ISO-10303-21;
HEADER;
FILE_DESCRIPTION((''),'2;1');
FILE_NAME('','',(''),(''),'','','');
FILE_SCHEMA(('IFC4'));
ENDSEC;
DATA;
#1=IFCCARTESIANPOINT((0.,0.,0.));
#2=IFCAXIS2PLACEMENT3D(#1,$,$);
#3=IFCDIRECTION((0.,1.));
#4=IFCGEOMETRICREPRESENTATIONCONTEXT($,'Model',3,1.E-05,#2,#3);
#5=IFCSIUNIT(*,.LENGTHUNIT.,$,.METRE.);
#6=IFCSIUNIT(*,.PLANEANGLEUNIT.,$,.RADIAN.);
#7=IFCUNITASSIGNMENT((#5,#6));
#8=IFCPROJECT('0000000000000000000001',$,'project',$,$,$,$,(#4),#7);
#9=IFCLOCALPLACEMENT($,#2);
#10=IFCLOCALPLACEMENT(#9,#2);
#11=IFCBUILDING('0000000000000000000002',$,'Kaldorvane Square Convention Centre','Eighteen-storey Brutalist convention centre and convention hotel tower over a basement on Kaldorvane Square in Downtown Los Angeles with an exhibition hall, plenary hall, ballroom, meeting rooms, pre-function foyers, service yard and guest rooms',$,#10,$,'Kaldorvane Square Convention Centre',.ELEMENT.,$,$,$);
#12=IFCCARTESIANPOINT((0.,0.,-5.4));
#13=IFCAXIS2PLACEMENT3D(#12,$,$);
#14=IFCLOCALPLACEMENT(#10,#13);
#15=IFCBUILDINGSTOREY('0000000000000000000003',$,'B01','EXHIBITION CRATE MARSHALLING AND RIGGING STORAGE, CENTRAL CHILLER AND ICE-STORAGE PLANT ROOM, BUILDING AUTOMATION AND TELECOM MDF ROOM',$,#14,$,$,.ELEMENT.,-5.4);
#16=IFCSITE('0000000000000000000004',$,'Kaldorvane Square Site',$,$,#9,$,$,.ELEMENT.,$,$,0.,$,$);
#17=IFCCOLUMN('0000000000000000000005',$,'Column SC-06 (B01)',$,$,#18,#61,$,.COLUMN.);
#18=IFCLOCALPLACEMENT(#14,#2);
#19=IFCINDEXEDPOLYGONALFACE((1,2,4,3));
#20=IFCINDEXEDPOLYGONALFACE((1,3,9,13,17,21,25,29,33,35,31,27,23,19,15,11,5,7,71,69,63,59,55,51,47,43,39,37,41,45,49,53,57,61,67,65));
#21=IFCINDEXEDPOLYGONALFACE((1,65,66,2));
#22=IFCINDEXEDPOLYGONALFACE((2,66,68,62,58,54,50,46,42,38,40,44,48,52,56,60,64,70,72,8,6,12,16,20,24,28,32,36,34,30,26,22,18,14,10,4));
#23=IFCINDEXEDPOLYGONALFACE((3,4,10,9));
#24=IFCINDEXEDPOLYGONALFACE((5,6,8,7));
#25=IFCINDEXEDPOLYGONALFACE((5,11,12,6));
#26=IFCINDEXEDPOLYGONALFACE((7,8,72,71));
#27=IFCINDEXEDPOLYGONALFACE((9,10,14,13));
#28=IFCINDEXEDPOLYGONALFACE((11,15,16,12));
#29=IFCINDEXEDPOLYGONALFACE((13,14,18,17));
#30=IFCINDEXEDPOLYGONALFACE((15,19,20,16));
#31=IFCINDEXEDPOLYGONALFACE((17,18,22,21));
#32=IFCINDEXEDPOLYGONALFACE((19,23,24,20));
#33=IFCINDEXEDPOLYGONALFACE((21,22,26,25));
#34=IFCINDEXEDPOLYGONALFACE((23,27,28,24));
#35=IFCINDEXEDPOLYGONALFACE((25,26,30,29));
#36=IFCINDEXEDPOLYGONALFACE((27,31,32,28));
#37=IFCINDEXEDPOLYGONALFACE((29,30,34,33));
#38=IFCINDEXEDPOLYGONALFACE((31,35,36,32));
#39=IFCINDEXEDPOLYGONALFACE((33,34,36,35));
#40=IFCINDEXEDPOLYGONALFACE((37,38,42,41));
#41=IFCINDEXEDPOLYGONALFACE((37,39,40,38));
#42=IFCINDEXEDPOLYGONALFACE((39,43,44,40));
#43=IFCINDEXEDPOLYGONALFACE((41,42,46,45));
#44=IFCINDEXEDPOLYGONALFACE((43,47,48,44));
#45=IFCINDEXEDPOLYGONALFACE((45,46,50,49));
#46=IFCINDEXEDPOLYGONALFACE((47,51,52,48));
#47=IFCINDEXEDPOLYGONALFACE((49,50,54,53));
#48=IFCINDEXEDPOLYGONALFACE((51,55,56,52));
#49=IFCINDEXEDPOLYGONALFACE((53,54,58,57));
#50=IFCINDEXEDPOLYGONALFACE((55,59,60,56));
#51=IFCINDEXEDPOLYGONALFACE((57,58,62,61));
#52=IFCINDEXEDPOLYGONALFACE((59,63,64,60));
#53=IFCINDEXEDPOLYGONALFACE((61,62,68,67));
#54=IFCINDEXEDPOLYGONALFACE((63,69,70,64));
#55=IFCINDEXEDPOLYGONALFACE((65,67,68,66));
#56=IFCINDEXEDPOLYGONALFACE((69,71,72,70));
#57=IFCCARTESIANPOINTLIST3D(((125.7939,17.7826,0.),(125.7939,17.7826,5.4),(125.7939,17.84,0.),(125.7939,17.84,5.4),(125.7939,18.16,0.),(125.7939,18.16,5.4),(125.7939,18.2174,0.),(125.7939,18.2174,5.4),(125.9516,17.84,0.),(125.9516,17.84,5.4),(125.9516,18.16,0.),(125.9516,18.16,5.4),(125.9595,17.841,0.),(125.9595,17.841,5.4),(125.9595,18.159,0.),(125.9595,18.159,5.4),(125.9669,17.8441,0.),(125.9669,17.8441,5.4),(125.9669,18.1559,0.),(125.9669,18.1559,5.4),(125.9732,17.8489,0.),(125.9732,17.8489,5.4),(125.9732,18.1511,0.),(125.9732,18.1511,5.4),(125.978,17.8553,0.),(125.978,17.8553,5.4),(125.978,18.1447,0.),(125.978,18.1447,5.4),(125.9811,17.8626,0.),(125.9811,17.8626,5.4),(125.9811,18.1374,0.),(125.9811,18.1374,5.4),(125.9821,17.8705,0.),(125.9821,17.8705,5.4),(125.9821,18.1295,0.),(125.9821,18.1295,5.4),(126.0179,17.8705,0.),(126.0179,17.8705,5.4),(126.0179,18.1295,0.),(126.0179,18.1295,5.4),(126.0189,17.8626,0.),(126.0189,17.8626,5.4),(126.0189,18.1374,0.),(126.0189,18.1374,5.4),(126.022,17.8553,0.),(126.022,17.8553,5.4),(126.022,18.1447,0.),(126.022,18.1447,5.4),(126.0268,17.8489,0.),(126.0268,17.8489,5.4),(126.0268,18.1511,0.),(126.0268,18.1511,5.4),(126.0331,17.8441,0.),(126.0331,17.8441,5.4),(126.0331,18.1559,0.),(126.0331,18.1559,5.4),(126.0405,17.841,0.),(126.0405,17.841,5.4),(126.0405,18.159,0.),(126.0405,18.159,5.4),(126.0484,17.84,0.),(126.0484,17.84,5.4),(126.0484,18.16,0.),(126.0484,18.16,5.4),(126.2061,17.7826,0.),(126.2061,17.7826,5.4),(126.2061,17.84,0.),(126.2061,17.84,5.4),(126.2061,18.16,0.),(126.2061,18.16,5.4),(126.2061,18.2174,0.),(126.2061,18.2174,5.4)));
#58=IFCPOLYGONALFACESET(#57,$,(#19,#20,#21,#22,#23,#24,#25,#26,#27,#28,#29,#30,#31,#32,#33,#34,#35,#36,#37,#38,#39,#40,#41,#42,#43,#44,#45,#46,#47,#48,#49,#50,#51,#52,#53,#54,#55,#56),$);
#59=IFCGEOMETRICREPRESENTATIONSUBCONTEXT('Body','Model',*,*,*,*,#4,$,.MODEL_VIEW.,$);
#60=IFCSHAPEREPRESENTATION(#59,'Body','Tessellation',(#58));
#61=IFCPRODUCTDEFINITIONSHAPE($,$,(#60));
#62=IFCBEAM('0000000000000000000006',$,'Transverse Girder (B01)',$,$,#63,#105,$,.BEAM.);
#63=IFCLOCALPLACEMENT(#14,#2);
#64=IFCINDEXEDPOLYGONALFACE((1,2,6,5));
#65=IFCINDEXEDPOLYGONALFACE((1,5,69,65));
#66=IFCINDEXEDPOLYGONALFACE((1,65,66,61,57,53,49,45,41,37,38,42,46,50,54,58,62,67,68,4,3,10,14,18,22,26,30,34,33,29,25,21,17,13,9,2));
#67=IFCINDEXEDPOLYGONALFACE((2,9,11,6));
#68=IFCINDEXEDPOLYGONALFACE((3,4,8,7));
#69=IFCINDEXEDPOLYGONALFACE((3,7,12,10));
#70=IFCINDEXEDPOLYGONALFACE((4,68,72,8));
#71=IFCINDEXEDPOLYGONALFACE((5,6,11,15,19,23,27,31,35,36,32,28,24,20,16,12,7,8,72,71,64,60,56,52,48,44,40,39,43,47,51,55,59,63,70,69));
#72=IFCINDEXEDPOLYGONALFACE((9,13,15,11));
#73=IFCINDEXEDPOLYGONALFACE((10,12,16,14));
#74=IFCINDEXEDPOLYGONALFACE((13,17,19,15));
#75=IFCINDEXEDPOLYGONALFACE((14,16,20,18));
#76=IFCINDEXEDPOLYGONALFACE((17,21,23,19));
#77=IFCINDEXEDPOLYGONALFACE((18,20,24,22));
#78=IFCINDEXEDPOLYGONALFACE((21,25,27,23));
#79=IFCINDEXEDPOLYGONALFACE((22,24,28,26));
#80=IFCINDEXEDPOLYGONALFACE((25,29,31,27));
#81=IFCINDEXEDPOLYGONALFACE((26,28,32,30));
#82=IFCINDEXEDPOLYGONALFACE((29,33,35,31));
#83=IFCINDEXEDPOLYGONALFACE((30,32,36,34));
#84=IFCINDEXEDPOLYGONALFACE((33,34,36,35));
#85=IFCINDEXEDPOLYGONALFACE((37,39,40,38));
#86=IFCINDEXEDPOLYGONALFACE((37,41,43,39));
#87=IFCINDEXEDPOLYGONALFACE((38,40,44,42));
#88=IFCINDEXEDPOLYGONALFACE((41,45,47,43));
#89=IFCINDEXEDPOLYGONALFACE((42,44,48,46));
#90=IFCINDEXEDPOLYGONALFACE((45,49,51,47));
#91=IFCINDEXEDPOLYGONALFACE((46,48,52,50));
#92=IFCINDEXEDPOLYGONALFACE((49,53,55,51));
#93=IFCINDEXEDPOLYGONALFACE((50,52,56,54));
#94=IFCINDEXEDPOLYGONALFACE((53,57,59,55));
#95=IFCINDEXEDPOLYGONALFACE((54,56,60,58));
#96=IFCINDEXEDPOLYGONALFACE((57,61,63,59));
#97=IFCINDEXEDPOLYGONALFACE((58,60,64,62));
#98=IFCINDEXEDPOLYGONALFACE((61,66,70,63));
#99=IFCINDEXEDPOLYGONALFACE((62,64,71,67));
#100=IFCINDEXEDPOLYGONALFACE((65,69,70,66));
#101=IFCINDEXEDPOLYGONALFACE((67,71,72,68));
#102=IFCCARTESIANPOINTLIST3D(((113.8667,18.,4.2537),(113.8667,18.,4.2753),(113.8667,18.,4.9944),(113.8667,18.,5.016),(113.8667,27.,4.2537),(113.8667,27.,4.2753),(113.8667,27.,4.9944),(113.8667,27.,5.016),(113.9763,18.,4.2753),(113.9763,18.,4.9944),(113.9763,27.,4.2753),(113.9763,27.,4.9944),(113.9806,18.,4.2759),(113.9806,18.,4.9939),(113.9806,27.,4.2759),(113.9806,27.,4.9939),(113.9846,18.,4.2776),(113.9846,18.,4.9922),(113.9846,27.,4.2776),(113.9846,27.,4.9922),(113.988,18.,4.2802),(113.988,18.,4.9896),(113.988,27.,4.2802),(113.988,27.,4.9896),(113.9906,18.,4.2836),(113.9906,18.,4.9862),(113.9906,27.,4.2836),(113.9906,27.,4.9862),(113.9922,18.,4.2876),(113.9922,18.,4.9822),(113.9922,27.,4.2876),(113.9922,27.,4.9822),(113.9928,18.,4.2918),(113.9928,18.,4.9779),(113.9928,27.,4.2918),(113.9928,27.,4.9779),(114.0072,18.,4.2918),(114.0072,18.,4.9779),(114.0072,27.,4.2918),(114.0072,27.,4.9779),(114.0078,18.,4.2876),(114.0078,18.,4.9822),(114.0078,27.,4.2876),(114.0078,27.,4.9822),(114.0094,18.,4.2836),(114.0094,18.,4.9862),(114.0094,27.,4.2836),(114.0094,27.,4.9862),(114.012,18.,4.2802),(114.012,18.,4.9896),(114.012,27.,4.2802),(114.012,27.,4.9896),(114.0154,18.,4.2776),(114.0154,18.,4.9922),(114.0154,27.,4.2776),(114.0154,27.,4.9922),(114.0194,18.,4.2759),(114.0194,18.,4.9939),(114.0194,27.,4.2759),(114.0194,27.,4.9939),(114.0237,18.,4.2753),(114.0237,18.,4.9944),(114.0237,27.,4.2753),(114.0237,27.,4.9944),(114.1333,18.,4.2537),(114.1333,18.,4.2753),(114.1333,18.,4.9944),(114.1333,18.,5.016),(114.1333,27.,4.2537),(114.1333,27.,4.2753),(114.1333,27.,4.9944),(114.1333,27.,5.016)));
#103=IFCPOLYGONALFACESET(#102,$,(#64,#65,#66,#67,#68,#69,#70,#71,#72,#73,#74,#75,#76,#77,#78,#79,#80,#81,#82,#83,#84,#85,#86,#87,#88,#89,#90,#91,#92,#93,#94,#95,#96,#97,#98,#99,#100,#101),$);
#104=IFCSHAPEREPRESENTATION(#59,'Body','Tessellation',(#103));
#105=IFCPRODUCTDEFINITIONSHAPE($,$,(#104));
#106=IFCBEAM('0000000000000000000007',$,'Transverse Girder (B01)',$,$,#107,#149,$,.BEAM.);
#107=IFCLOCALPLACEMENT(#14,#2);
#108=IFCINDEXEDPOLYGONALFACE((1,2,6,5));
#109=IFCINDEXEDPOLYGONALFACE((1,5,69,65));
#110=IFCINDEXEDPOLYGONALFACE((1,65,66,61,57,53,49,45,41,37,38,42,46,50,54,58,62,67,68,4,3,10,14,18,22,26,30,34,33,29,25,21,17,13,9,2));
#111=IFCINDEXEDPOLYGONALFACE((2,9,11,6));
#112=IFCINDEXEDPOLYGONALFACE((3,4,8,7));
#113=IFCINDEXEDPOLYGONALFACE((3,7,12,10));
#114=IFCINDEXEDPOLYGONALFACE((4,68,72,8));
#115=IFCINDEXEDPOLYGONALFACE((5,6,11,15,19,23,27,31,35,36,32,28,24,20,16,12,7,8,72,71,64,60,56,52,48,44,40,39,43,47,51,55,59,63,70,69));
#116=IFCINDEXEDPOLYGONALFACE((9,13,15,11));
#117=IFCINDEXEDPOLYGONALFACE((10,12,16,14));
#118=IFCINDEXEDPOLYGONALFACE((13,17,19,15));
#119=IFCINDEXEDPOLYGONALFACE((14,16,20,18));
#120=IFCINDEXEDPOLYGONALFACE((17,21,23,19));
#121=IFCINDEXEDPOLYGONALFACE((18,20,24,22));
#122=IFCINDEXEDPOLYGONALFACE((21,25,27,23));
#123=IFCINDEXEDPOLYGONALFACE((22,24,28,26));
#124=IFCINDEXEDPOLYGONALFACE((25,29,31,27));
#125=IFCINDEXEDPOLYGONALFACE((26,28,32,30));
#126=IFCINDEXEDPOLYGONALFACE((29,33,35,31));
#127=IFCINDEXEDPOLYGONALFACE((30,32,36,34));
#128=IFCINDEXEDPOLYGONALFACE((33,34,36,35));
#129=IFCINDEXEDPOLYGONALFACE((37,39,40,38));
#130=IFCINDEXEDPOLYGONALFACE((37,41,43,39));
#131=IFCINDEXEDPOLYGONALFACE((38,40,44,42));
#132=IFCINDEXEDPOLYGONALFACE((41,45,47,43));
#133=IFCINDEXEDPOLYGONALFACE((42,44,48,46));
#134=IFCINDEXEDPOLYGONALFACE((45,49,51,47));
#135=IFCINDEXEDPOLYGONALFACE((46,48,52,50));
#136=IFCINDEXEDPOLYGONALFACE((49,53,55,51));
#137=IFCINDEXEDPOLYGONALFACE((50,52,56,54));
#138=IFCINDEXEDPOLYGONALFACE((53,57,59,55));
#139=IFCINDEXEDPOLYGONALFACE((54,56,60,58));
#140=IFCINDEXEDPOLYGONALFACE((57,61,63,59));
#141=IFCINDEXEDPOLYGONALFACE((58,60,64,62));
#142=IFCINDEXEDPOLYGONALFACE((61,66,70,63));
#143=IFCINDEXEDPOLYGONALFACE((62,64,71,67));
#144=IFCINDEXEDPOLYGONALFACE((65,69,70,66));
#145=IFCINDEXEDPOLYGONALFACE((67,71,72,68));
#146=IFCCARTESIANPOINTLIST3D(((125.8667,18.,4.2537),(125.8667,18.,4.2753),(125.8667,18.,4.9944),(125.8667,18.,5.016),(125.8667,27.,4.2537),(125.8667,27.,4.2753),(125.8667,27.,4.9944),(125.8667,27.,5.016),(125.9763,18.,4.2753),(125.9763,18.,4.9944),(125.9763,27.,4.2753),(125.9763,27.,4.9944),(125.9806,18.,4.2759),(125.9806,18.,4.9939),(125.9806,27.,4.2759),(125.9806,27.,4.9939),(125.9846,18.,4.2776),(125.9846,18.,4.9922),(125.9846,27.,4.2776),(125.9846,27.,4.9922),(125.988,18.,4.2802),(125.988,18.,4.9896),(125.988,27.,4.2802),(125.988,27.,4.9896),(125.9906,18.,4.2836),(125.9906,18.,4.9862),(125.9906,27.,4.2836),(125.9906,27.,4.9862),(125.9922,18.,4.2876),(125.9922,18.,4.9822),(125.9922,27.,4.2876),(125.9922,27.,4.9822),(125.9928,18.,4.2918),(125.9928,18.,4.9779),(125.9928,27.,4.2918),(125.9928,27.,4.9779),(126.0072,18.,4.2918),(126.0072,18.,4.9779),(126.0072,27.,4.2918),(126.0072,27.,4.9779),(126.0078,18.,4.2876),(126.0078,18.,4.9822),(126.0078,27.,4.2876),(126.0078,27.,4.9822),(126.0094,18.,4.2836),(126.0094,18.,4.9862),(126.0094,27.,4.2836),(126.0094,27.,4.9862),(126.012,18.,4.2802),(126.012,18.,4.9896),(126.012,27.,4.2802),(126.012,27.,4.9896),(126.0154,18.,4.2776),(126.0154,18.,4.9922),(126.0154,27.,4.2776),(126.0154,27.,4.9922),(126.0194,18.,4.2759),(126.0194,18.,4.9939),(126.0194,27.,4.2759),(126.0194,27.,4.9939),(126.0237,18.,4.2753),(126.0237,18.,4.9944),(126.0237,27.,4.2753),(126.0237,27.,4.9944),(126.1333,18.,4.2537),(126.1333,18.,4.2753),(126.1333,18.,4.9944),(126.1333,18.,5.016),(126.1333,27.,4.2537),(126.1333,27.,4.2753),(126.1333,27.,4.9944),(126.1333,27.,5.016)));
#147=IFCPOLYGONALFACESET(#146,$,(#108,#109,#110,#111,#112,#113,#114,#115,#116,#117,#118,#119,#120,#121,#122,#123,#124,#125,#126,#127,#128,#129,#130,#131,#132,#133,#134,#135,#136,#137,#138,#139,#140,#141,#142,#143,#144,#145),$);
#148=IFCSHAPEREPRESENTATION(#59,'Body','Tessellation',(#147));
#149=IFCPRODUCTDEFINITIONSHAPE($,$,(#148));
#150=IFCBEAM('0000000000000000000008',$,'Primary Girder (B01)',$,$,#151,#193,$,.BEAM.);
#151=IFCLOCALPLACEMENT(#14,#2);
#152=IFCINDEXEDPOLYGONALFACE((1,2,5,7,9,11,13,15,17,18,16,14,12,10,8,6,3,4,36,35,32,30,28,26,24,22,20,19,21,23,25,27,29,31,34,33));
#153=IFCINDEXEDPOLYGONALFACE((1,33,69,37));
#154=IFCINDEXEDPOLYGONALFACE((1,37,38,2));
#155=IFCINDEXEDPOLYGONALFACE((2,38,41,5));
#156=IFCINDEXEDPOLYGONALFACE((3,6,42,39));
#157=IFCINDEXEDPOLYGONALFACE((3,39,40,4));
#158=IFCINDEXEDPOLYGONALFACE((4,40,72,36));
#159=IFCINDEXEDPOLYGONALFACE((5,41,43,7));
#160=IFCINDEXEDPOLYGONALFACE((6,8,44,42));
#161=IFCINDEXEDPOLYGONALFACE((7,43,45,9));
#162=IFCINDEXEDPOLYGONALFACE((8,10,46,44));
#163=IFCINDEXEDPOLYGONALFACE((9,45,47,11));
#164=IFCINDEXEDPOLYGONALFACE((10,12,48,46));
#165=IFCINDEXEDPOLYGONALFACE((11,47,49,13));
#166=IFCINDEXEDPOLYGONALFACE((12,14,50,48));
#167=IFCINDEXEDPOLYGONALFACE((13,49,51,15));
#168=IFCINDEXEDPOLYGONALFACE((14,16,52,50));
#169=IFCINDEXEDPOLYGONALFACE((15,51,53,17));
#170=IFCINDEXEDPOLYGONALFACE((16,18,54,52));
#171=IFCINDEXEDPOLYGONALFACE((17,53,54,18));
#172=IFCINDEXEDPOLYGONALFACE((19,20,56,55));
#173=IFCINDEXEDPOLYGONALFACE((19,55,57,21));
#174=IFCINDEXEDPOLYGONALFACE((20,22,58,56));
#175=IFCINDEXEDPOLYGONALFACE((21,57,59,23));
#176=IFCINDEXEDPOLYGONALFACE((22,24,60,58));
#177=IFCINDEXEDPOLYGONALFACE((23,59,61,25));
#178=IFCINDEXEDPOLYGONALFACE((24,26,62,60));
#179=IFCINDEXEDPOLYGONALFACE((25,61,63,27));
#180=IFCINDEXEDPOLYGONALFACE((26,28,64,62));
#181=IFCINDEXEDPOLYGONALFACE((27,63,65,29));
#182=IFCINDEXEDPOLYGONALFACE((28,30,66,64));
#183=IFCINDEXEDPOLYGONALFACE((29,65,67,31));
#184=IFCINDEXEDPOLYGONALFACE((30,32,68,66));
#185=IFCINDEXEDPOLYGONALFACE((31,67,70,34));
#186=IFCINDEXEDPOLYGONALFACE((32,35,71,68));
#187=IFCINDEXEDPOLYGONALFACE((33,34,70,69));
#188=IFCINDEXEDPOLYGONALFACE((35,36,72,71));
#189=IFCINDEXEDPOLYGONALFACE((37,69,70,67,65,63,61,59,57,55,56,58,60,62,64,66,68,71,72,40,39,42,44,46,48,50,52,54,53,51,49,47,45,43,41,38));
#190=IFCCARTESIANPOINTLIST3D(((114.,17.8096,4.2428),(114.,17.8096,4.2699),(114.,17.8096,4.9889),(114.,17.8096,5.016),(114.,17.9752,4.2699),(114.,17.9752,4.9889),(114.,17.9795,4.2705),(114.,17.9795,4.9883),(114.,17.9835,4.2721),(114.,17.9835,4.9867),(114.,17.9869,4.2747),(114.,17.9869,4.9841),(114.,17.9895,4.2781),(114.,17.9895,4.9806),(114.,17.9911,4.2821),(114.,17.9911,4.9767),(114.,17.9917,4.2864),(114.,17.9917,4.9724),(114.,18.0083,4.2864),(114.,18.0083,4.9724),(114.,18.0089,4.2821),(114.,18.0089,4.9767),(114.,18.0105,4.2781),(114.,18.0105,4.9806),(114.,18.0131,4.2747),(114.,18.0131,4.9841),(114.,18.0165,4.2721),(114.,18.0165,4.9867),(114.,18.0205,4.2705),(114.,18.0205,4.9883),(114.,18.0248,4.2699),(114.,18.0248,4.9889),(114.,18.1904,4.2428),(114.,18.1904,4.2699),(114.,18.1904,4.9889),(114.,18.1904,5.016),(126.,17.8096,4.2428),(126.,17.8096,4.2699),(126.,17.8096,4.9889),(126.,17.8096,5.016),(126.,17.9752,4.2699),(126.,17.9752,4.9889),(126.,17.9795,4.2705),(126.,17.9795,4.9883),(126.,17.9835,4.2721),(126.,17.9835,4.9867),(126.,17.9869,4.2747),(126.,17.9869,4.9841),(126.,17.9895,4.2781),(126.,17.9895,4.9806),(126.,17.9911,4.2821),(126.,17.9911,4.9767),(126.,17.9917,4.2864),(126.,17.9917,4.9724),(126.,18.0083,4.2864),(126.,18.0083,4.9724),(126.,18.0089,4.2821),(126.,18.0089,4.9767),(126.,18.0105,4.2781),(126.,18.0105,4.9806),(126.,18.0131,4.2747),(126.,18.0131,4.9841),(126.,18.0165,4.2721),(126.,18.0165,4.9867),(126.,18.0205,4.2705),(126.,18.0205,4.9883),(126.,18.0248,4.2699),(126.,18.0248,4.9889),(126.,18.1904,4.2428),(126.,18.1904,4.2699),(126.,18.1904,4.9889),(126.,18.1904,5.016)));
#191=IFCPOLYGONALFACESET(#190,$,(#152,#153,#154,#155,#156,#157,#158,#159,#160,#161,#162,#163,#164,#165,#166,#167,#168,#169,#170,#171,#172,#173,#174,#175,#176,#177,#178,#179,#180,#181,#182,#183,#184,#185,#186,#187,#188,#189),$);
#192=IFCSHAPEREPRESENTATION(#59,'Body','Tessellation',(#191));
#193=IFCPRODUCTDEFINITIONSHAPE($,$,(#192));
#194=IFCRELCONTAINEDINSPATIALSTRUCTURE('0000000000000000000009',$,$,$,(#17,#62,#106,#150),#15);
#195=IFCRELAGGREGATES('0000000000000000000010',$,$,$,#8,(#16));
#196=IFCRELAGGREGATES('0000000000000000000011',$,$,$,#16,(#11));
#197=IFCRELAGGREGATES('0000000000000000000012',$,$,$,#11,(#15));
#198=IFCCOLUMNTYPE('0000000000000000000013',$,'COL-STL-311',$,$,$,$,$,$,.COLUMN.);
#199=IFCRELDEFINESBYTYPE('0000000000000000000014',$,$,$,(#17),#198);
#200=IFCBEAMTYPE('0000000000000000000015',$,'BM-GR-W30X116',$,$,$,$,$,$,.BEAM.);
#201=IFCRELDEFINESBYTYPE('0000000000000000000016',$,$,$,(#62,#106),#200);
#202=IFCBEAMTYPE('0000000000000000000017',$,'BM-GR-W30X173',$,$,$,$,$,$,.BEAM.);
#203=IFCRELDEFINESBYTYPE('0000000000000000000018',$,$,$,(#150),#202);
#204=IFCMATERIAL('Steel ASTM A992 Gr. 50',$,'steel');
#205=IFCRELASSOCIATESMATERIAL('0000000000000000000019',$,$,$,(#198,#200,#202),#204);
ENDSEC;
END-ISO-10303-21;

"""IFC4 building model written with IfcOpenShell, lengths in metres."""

from ifc_helpers import new_model, si_unit, direction, frame, origin, origin_2d, place, context, subcontext, project, spatial, i_section, extrude, material, material_profile, profile_set, type_object, element, save


model = new_model("IFC4")

# Units and contexts
model_context = context("Model", 3, precision=1e-05, world=origin(), true_north=direction((0.0, 1.0)))
body_context = subcontext(model_context, "Body", "Model", "MODEL_VIEW")
ifc_project = project(units=[si_unit("LENGTHUNIT", "METRE"), si_unit("PLANEANGLEUNIT", "RADIAN")], contexts=[model_context])

# Site, building, storey
site_placement = place(None, origin())
site = spatial("IfcSite", under=ifc_project, at=site_placement, Name="Kaldorvane Square Site", CompositionType="ELEMENT", RefElevation=0.0)
building_placement = place(site_placement, origin())
building = spatial("IfcBuilding", under=site, at=building_placement, Name="Kaldorvane Square Convention Centre", Description="Eighteen-storey Brutalist convention centre and convention hotel tower over a basement on Kaldorvane Square in Downtown Los Angeles with an exhibition hall, plenary hall, ballroom, meeting rooms, pre-function foyers, service yard and guest rooms", LongName="Kaldorvane Square Convention Centre", CompositionType="ELEMENT")
storey_placement = place(building_placement, frame((0.0, 0.0, -5.4)))
storey = spatial("IfcBuildingStorey", under=building, at=storey_placement, Name="B01", Description="EXHIBITION CRATE MARSHALLING AND RIGGING STORAGE, CENTRAL CHILLER AND ICE-STORAGE PLANT ROOM, BUILDING AUTOMATION AND TELECOM MDF ROOM", CompositionType="ELEMENT", Elevation=-5.4)

# Column
ifc_material_1 = material(Name="Steel ASTM A992 Gr. 50", Category="steel")
ifc_material_profile_1 = material_profile(ifc_material_1, i_section(OverallWidth=0.4122, OverallDepth=0.4348, WebThickness=0.0358, FlangeThickness=0.0574, FilletRadius=0.0305, at=origin_2d()), Name="W14X311")
ifc_profile_set_1 = profile_set([ifc_material_profile_1], Name="Steel ASTM A992 Gr. 50")
column_type_1 = type_object("IfcColumnType", Name="COL-STL-311", PredefinedType="COLUMN", material=ifc_profile_set_1)
column_1_placement = place(storey_placement, frame((126.0, 18.0, 0.0), z_axis=(0.0, 0.0, 1.0), x_axis=(1.0, 0.0, 0.0)))
element("IfcColumn", 1, at=column_1_placement, inside=storey, type_object=column_type_1, Name="Column SC-06 (B01)", PredefinedType="COLUMN", context=body_context, shape_type="SweptSolid", body=[
    extrude(i_section(OverallWidth=0.4122, OverallDepth=0.4348, WebThickness=0.0358, FlangeThickness=0.0574, FilletRadius=0.0305, at=origin_2d()), origin(), (0.0, 0.0, 1.0), 5.4),
])

# Beams
ifc_material_profile_2 = material_profile(ifc_material_1, i_section(OverallWidth=0.2666, OverallDepth=0.7623, WebThickness=0.0144, FlangeThickness=0.0216, FilletRadius=0.0165, at=origin_2d()), Name="W30X116")
ifc_profile_set_2 = profile_set([ifc_material_profile_2], Name="Steel ASTM A992 Gr. 50")
beam_type_1 = type_object("IfcBeamType", Name="BM-GR-W30X116", PredefinedType="BEAM", material=ifc_profile_set_2)
for number, where, z_axis, x_axis, name in (
    (2, (114.0, 18.0, 4.6349), (0.0, 1.0, 0.0), (-1.0, 0.0, 0.0), "Transverse Girder (B01)"),
    (3, (126.0, 18.0, 4.6349), (0.0, 1.0, 0.0), (-1.0, 0.0, 0.0), "Transverse Girder (B01)"),
):
    element("IfcBeam", number, at=place(storey_placement, frame(where, z_axis=z_axis, x_axis=x_axis)), inside=storey, type_object=beam_type_1, Name=name, PredefinedType="BEAM", context=body_context, shape_type="SweptSolid", body=[
        extrude(i_section(OverallWidth=0.2666, OverallDepth=0.7623, WebThickness=0.0144, FlangeThickness=0.0216, FilletRadius=0.0165, at=origin_2d()), origin(), (0.0, 0.0, 1.0), 9.0),
    ])
ifc_material_profile_3 = material_profile(ifc_material_1, i_section(OverallWidth=0.3807, OverallDepth=0.7732, WebThickness=0.0166, FlangeThickness=0.0271, FilletRadius=0.0165, at=origin_2d()), Name="W30X173")
ifc_profile_set_3 = profile_set([ifc_material_profile_3], Name="Steel ASTM A992 Gr. 50")
beam_type_2 = type_object("IfcBeamType", Name="BM-GR-W30X173", PredefinedType="BEAM", material=ifc_profile_set_3)
for number, where, z_axis, x_axis, name in (
    (4, (114.0, 18.0, 4.6294), (1.0, 0.0, 0.0), (0.0, 1.0, 0.0), "Primary Girder (B01)"),
):
    element("IfcBeam", number, at=place(storey_placement, frame(where, z_axis=z_axis, x_axis=x_axis)), inside=storey, type_object=beam_type_2, Name=name, PredefinedType="BEAM", context=body_context, shape_type="SweptSolid", body=[
        extrude(i_section(OverallWidth=0.3807, OverallDepth=0.7732, WebThickness=0.0166, FlangeThickness=0.0271, FilletRadius=0.0165, at=origin_2d()), origin(), (0.0, 0.0, 1.0), 12.0),
    ])

save(model, "model.ifc")
